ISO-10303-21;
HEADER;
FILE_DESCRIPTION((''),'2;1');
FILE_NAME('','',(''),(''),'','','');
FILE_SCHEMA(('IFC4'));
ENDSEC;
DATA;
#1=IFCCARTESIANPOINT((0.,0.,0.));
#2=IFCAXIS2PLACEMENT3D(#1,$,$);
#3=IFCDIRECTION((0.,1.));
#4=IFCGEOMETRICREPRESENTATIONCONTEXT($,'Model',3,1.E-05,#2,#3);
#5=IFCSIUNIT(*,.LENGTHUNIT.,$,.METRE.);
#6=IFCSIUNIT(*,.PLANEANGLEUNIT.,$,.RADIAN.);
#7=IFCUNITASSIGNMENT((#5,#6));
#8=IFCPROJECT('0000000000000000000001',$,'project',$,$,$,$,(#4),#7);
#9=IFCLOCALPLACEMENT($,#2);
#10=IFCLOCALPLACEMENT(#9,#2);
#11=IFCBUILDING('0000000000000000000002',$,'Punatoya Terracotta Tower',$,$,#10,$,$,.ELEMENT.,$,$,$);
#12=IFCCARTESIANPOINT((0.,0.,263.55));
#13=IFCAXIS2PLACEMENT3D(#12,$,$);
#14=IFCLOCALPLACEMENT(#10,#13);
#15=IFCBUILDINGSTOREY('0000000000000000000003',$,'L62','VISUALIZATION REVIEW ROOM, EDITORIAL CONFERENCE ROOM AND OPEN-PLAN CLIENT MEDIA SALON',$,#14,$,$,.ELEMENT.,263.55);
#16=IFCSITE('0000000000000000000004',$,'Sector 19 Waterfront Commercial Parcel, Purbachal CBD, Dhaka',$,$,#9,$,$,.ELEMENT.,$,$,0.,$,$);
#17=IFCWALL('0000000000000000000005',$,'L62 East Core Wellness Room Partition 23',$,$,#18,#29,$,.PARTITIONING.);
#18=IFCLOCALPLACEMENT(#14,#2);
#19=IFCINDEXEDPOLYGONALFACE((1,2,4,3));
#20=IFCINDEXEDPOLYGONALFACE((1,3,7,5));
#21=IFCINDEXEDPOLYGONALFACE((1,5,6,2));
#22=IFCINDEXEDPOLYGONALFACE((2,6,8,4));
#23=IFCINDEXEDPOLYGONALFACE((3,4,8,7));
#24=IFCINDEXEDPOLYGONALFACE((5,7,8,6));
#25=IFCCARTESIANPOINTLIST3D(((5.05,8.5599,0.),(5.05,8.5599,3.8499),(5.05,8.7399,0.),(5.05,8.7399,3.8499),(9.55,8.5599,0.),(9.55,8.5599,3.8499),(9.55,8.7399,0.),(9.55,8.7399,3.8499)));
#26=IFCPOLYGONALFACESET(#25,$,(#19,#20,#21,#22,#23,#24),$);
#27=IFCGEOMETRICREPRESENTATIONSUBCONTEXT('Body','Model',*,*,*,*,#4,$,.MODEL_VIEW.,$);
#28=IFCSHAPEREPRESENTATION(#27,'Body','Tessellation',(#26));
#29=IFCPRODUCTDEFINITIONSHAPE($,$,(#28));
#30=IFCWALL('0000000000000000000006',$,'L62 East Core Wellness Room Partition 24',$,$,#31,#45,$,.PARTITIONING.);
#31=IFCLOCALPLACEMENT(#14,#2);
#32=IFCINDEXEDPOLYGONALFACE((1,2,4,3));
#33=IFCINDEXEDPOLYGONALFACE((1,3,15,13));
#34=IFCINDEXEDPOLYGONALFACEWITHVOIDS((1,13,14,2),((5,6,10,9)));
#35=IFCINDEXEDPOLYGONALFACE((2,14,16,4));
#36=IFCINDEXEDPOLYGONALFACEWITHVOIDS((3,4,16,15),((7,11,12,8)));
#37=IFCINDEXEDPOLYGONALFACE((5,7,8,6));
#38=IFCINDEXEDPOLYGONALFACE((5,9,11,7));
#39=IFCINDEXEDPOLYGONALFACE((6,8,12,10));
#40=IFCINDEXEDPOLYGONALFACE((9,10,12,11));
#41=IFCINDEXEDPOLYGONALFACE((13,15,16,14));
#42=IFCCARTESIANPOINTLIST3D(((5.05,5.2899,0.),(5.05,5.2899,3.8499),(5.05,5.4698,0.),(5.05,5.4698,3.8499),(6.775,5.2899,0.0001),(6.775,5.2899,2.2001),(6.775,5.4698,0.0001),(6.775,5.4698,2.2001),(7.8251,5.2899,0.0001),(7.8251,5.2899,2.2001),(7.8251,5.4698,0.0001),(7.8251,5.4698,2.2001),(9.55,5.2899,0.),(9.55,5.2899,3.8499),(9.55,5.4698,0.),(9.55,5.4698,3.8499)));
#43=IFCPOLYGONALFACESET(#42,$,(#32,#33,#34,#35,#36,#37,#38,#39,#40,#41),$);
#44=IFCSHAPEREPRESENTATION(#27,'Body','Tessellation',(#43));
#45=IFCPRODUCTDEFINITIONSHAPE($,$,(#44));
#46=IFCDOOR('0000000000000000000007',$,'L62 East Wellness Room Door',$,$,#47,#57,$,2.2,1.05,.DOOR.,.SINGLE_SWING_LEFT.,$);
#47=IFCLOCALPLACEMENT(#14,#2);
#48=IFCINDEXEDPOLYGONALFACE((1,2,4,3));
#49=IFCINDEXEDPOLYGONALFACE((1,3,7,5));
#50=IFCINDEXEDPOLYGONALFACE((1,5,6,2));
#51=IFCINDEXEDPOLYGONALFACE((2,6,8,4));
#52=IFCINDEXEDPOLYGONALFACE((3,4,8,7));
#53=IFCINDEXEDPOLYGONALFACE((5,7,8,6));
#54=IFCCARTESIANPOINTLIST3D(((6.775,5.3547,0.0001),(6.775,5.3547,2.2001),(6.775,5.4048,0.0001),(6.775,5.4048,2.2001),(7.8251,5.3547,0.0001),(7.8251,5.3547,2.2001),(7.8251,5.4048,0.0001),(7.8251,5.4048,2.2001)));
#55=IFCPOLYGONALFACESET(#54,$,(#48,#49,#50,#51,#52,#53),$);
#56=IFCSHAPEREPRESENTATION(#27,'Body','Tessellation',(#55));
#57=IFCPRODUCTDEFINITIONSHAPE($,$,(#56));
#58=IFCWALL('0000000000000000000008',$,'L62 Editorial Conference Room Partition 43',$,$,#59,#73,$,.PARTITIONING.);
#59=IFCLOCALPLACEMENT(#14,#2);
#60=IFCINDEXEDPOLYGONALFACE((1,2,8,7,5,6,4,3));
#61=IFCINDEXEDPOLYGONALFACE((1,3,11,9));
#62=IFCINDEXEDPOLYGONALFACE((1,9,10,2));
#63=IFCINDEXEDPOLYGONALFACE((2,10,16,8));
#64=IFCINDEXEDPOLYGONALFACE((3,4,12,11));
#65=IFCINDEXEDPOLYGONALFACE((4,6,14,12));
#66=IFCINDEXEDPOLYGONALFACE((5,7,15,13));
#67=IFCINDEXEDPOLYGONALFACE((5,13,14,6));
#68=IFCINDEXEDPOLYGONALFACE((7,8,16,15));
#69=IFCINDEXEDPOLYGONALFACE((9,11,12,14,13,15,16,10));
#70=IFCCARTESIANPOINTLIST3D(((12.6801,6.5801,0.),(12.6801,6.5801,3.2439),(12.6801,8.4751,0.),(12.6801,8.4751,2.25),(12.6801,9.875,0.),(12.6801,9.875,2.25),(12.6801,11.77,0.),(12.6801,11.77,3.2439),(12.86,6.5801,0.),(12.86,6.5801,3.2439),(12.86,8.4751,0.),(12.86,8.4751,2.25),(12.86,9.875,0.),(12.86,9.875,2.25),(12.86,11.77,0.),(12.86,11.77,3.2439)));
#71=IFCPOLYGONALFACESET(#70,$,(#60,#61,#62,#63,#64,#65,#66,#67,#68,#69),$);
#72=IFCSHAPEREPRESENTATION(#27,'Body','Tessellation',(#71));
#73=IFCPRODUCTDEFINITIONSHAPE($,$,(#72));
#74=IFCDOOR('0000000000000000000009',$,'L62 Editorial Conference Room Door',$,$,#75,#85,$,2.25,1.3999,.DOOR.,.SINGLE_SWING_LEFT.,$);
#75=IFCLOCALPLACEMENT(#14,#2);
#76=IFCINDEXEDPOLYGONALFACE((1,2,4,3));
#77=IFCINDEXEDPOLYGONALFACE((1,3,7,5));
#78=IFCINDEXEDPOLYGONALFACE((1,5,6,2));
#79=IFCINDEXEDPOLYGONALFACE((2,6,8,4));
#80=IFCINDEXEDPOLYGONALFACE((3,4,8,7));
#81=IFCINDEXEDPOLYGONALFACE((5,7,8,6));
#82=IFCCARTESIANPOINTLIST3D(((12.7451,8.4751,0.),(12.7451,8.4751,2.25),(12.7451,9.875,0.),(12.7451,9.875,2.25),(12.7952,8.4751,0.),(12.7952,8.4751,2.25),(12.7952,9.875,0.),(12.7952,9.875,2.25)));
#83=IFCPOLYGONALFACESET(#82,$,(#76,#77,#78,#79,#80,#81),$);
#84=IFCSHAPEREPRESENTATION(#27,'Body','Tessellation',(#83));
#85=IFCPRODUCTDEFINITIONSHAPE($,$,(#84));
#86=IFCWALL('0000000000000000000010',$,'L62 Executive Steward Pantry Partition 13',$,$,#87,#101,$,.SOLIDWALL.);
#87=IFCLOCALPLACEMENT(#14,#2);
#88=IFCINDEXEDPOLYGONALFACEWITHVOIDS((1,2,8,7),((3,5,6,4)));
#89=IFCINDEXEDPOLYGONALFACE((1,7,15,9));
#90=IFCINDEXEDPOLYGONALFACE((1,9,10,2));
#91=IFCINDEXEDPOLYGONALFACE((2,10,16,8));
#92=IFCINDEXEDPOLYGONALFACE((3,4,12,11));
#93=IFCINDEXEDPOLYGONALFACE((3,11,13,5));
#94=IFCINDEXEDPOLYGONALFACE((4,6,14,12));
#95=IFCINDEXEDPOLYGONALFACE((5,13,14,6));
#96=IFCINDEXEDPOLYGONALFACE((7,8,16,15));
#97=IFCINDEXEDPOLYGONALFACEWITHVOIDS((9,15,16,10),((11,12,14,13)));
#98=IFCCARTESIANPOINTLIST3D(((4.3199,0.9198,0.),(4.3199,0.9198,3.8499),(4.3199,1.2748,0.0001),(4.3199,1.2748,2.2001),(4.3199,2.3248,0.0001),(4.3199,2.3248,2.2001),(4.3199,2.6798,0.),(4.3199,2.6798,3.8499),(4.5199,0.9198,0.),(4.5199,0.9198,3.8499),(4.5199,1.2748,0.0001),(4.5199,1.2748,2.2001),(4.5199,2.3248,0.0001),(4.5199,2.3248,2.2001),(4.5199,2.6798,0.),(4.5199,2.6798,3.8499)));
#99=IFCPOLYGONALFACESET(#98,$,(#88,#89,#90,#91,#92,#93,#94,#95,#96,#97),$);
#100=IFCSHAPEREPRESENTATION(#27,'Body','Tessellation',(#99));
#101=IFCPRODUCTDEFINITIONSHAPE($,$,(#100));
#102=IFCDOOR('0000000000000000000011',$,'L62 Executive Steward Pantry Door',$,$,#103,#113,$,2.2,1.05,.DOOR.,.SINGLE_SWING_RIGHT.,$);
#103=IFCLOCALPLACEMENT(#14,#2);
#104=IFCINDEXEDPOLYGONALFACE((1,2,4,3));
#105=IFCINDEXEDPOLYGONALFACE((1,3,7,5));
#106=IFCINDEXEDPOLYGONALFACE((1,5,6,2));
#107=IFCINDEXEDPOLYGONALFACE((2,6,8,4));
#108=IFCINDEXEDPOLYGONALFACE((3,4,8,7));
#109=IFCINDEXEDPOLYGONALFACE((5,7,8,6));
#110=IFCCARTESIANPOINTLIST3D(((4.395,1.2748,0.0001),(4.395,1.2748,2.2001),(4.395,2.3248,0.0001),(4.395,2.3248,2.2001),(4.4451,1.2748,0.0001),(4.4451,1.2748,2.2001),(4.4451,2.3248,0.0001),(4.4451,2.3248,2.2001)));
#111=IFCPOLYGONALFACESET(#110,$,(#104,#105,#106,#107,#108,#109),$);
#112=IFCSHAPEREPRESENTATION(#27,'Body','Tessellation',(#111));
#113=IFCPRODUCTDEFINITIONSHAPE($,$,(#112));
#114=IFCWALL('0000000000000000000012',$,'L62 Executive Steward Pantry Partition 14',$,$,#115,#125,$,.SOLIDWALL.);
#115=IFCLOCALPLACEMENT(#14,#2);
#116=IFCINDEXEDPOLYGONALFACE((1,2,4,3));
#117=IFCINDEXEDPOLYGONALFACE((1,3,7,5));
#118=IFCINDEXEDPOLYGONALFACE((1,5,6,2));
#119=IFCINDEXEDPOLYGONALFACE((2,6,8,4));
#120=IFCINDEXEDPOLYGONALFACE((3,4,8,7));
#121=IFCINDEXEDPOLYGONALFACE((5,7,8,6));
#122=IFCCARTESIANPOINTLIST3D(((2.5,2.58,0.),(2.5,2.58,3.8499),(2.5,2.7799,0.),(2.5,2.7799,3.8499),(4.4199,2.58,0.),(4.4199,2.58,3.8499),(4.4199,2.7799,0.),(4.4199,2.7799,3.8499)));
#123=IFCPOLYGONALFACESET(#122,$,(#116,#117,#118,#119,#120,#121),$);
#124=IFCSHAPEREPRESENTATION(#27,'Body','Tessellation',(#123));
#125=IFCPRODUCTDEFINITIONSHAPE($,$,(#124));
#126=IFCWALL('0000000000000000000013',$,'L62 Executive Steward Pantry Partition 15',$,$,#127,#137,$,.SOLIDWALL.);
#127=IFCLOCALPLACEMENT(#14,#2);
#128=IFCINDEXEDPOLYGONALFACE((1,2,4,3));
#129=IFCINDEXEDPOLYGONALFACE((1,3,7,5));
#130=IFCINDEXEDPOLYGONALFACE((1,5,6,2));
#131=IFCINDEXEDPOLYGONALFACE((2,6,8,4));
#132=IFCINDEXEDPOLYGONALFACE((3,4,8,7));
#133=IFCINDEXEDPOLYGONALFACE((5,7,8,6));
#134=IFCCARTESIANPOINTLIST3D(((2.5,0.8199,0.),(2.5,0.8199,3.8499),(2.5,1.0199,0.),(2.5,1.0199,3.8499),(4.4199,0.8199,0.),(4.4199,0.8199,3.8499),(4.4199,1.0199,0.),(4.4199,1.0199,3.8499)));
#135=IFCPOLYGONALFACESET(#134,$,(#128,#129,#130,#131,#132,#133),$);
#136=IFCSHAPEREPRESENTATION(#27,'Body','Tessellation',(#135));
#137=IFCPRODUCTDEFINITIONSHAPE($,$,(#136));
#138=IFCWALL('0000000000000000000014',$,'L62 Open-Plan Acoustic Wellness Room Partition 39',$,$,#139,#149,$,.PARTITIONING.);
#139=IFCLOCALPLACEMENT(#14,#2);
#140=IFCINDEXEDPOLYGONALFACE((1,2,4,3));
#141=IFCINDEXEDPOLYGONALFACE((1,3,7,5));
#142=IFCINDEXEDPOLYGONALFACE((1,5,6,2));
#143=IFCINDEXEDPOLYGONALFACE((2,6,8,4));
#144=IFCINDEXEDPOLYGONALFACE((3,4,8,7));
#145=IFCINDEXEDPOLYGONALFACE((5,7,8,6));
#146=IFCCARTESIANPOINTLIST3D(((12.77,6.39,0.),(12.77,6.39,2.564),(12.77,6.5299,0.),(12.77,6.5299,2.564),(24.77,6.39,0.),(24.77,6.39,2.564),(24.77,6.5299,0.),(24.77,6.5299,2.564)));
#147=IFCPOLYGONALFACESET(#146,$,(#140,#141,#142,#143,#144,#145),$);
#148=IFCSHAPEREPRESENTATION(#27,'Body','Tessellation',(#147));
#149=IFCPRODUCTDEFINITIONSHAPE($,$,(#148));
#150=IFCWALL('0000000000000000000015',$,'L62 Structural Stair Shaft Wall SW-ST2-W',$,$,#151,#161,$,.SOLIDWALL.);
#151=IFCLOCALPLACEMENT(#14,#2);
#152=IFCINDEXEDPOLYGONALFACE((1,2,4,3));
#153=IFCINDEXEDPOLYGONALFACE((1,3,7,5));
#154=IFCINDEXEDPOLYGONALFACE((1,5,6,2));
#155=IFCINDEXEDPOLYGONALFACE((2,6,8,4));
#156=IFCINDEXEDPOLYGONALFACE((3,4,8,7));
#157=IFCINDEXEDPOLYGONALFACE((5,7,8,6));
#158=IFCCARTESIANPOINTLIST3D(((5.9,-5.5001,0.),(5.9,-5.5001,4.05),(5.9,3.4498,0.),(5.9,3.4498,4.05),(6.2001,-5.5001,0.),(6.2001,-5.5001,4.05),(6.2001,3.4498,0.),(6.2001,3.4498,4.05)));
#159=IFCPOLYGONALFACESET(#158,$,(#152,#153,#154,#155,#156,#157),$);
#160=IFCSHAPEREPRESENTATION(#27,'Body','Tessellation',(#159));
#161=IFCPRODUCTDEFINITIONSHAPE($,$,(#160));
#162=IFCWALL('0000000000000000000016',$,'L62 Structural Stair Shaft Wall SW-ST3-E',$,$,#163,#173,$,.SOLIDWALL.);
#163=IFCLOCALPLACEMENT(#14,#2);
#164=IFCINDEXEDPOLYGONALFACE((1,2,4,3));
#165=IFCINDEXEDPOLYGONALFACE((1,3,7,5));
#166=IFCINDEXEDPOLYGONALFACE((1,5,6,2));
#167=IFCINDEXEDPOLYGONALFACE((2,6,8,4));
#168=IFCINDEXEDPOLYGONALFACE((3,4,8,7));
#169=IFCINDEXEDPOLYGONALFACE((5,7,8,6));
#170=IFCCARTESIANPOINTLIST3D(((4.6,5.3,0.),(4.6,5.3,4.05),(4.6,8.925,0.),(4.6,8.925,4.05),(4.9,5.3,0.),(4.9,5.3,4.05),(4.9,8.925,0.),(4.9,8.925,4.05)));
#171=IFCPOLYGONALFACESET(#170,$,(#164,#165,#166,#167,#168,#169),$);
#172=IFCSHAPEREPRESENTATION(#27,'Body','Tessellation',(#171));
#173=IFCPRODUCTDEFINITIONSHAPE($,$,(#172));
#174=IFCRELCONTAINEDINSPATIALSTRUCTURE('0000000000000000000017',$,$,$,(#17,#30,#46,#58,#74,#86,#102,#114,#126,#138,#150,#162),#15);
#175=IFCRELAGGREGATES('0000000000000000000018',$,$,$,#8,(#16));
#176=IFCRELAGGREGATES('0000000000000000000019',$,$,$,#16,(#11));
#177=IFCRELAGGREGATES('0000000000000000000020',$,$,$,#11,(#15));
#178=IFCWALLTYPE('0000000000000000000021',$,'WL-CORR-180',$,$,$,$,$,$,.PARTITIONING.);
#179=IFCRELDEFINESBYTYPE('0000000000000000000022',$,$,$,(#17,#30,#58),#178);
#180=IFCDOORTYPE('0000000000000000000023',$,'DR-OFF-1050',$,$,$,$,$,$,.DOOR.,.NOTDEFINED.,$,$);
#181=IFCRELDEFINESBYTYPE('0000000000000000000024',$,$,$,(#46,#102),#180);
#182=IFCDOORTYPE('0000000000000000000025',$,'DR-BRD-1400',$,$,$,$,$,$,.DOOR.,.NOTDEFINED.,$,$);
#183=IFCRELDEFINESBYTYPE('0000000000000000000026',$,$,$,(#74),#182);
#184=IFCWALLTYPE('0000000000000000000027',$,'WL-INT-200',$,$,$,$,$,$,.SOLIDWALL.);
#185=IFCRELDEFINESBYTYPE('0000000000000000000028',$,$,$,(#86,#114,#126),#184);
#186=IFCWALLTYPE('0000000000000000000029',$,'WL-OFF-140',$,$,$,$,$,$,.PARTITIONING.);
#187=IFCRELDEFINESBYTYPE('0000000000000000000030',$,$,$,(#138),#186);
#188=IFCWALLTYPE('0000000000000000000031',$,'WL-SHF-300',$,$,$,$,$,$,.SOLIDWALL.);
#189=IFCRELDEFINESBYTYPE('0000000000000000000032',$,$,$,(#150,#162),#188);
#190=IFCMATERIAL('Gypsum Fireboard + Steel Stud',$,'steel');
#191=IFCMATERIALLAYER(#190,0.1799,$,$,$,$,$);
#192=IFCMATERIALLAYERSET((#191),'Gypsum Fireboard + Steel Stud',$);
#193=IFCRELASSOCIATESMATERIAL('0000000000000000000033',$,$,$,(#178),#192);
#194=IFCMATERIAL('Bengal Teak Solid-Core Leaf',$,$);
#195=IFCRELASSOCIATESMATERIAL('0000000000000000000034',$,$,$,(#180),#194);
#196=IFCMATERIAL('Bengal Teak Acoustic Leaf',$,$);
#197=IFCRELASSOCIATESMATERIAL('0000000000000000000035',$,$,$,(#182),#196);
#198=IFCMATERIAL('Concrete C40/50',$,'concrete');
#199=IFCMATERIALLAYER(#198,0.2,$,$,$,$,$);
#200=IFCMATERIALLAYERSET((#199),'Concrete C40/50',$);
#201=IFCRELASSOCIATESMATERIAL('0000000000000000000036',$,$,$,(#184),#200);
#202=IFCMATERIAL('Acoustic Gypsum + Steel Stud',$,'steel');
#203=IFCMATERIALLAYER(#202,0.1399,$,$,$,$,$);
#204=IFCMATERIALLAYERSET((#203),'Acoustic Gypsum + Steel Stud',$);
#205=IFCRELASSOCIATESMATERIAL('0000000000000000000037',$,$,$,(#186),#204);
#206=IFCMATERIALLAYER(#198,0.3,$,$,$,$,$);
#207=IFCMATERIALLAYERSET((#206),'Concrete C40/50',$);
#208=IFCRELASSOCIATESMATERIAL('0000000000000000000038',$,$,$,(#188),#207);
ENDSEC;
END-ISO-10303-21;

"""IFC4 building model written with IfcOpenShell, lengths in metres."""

from ifc_helpers import new_model, si_unit, direction, frame, frame_2d, origin, place, context, subcontext, project, spatial, rectangle, extrude, material, layer, layer_set, type_object, element, fill, save


model = new_model("IFC4")

# Units and contexts
model_context = context("Model", 3, precision=1e-05, world=origin(), true_north=direction((0.0, 1.0)))
body_context = subcontext(model_context, "Body", "Model", "MODEL_VIEW")
ifc_project = project(units=[si_unit("LENGTHUNIT", "METRE"), si_unit("PLANEANGLEUNIT", "RADIAN")], contexts=[model_context])

# Site, building, storey
site_placement = place(None, origin())
site = spatial("IfcSite", under=ifc_project, at=site_placement, Name="Sector 19 Waterfront Commercial Parcel, Purbachal CBD, Dhaka", CompositionType="ELEMENT", RefElevation=0.0)
building_placement = place(site_placement, origin())
building = spatial("IfcBuilding", under=site, at=building_placement, Name="Punatoya Terracotta Tower", CompositionType="ELEMENT")
storey_placement = place(building_placement, frame((0.0, 0.0, 263.55)))
storey = spatial("IfcBuildingStorey", under=building, at=storey_placement, Name="L62", Description="VISUALIZATION REVIEW ROOM, EDITORIAL CONFERENCE ROOM AND OPEN-PLAN CLIENT MEDIA SALON", CompositionType="ELEMENT", Elevation=263.55)

# Wall
ifc_material_1 = material(Name="Gypsum Fireboard + Steel Stud", Category="steel")
ifc_layer_1 = layer(ifc_material_1, 0.1799)
ifc_layer_set_1 = layer_set([ifc_layer_1], Name="Gypsum Fireboard + Steel Stud")
wall_type_1 = type_object("IfcWallType", Name="WL-CORR-180", PredefinedType="PARTITIONING", material=ifc_layer_set_1)
wall_1_placement = place(storey_placement, frame((9.55, 8.6499, 0.0), z_axis=(0.0, 0.0, 1.0), x_axis=(-1.0, 0.0, 0.0)))
element("IfcWall", 1, at=wall_1_placement, inside=storey, type_object=wall_type_1, Name="L62 East Core Wellness Room Partition 23", PredefinedType="PARTITIONING", context=body_context, shape_type="SweptSolid", body=[
    extrude(rectangle(XDim=4.5, YDim=0.1799, at=frame_2d((2.25, 0.0))), origin(), (0.0, 0.0, 1.0), 3.8499),
])

# Walls, openings, doors
wall_2_placement = place(storey_placement, frame((5.05, 5.3799, 0.0), z_axis=(0.0, 0.0, 1.0), x_axis=(1.0, 0.0, 0.0)))
wall_2 = element("IfcWall", 2, at=wall_2_placement, inside=storey, type_object=wall_type_1, Name="L62 East Core Wellness Room Partition 24", PredefinedType="PARTITIONING", context=body_context, shape_type="SweptSolid", body=[
    extrude(rectangle(XDim=4.5, YDim=0.1799, at=frame_2d((2.25, 0.0))), origin(), (0.0, 0.0, 1.0), 3.8499),
])
opening_1_placement = place(wall_2_placement, frame((1.7251, 0.0, 0.0)))
opening_1 = element("IfcOpeningElement", 3, at=opening_1_placement, cuts=wall_2, PredefinedType="OPENING", context=body_context, shape_type="SweptSolid", body=[
    extrude(rectangle(XDim=1.05, YDim=2.2, at=frame_2d((0.5249, 1.1001))), frame((0.0, 0.0999, 0.0), z_axis=(0.0, -1.0, 0.0), x_axis=(1.0, 0.0, 0.0)), (0.0, 0.0, 1.0), 0.2),
])
ifc_material_2 = material(Name="Bengal Teak Solid-Core Leaf")
door_type_1 = type_object("IfcDoorType", Name="DR-OFF-1050", OperationType="NOTDEFINED", PredefinedType="DOOR", material=ifc_material_2)
door_1_placement = place(opening_1_placement, origin())
door_1 = element("IfcDoor", 4, at=door_1_placement, inside=storey, type_object=door_type_1, Name="L62 East Wellness Room Door", OperationType="SINGLE_SWING_LEFT", OverallHeight=2.2, OverallWidth=1.05, PredefinedType="DOOR", context=body_context, shape_type="SweptSolid", body=[
    extrude(rectangle(XDim=1.05, YDim=2.2, at=frame_2d((0.5249, 1.1001))), frame((0.0, 0.0249, 0.0), z_axis=(0.0, -1.0, 0.0), x_axis=(1.0, 0.0, 0.0)), (0.0, 0.0, 1.0), 0.05),
])
fill(opening_1, door_1)
wall_3_placement = place(storey_placement, frame((12.77, 6.5801, 0.0), z_axis=(0.0, 0.0, 1.0), x_axis=(0.0, 1.0, 0.0)))
wall_3 = element("IfcWall", 5, at=wall_3_placement, inside=storey, type_object=wall_type_1, Name="L62 Editorial Conference Room Partition 43", PredefinedType="PARTITIONING", context=body_context, shape_type="SweptSolid", body=[
    extrude(rectangle(XDim=5.1899, YDim=0.1799, at=frame_2d((2.595, 0.0))), origin(), (0.0, 0.0, 1.0), 3.2439),
])
opening_2_placement = place(wall_3_placement, frame((1.895, 0.0, 0.0)))
opening_2 = element("IfcOpeningElement", 6, at=opening_2_placement, cuts=wall_3, PredefinedType="OPENING", context=body_context, shape_type="SweptSolid", body=[
    extrude(rectangle(XDim=1.3999, YDim=2.25, at=frame_2d((0.7, 1.125))), frame((0.0, 0.0999, 0.0), z_axis=(0.0, -1.0, 0.0), x_axis=(1.0, 0.0, 0.0)), (0.0, 0.0, 1.0), 0.2),
])
ifc_material_3 = material(Name="Bengal Teak Acoustic Leaf")
door_type_2 = type_object("IfcDoorType", Name="DR-BRD-1400", OperationType="NOTDEFINED", PredefinedType="DOOR", material=ifc_material_3)
door_2_placement = place(opening_2_placement, origin())
door_2 = element("IfcDoor", 7, at=door_2_placement, inside=storey, type_object=door_type_2, Name="L62 Editorial Conference Room Door", OperationType="SINGLE_SWING_LEFT", OverallHeight=2.25, OverallWidth=1.3999, PredefinedType="DOOR", context=body_context, shape_type="SweptSolid", body=[
    extrude(rectangle(XDim=1.3999, YDim=2.25, at=frame_2d((0.7, 1.125))), frame((0.0, 0.0249, 0.0), z_axis=(0.0, -1.0, 0.0), x_axis=(1.0, 0.0, 0.0)), (0.0, 0.0, 1.0), 0.05),
])
fill(opening_2, door_2)
ifc_material_4 = material(Name="Concrete C40/50", Category="concrete")
ifc_layer_2 = layer(ifc_material_4, 0.2)
ifc_layer_set_2 = layer_set([ifc_layer_2], Name="Concrete C40/50")
wall_type_2 = type_object("IfcWallType", Name="WL-INT-200", PredefinedType="SOLIDWALL", material=ifc_layer_set_2)
wall_4_placement = place(storey_placement, frame((4.4199, 0.9199, 0.0), z_axis=(0.0, 0.0, 1.0), x_axis=(0.0, 1.0, 0.0)))
wall_4 = element("IfcWall", 8, at=wall_4_placement, inside=storey, type_object=wall_type_2, Name="L62 Executive Steward Pantry Partition 13", PredefinedType="SOLIDWALL", context=body_context, shape_type="SweptSolid", body=[
    extrude(rectangle(XDim=1.76, YDim=0.2, at=frame_2d((0.8799, 0.0))), origin(), (0.0, 0.0, 1.0), 3.8499),
])
opening_3_placement = place(wall_4_placement, frame((0.355, 0.0, 0.0)))
opening_3 = element("IfcOpeningElement", 9, at=opening_3_placement, cuts=wall_4, PredefinedType="OPENING", context=body_context, shape_type="SweptSolid", body=[
    extrude(rectangle(XDim=1.05, YDim=2.2, at=frame_2d((0.5249, 1.1001))), frame((0.0, 0.1099, 0.0), z_axis=(0.0, -1.0, 0.0), x_axis=(1.0, 0.0, 0.0)), (0.0, 0.0, 1.0), 0.22),
])
door_3_placement = place(opening_3_placement, origin())
door_3 = element("IfcDoor", 10, at=door_3_placement, inside=storey, type_object=door_type_1, Name="L62 Executive Steward Pantry Door", OperationType="SINGLE_SWING_RIGHT", OverallHeight=2.2, OverallWidth=1.05, PredefinedType="DOOR", context=body_context, shape_type="SweptSolid", body=[
    extrude(rectangle(XDim=1.05, YDim=2.2, at=frame_2d((0.5249, 1.1001))), frame((0.0, 0.0249, 0.0), z_axis=(0.0, -1.0, 0.0), x_axis=(1.0, 0.0, 0.0)), (0.0, 0.0, 1.0), 0.05),
])
fill(opening_3, door_3)

# Walls
for number, where, z_axis, x_axis, name in (
    (11, (4.4199, 2.6799, 0.0), (0.0, 0.0, 1.0), (-1.0, 0.0, 0.0), "L62 Executive Steward Pantry Partition 14"),
    (12, (2.5, 0.9199, 0.0), (0.0, 0.0, 1.0), (1.0, 0.0, 0.0), "L62 Executive Steward Pantry Partition 15"),
):
    element("IfcWall", number, at=place(storey_placement, frame(where, z_axis=z_axis, x_axis=x_axis)), inside=storey, type_object=wall_type_2, Name=name, PredefinedType="SOLIDWALL", context=body_context, shape_type="SweptSolid", body=[
        extrude(rectangle(XDim=1.9199, YDim=0.2, at=frame_2d((0.96, 0.0))), origin(), (0.0, 0.0, 1.0), 3.8499),
    ])
ifc_material_5 = material(Name="Acoustic Gypsum + Steel Stud", Category="steel")
ifc_layer_3 = layer(ifc_material_5, 0.1399)
ifc_layer_set_3 = layer_set([ifc_layer_3], Name="Acoustic Gypsum + Steel Stud")
wall_type_3 = type_object("IfcWallType", Name="WL-OFF-140", PredefinedType="PARTITIONING", material=ifc_layer_set_3)
wall_5_placement = place(storey_placement, frame((12.77, 6.46, 0.0), z_axis=(0.0, 0.0, 1.0), x_axis=(1.0, 0.0, 0.0)))
element("IfcWall", 13, at=wall_5_placement, inside=storey, type_object=wall_type_3, Name="L62 Open-Plan Acoustic Wellness Room Partition 39", PredefinedType="PARTITIONING", context=body_context, shape_type="SweptSolid", body=[
    extrude(rectangle(XDim=12.0, YDim=0.1399, at=frame_2d((6.0, 0.0))), origin(), (0.0, 0.0, 1.0), 2.564),
])
ifc_layer_4 = layer(ifc_material_4, 0.3)
ifc_layer_set_4 = layer_set([ifc_layer_4], Name="Concrete C40/50")
wall_type_4 = type_object("IfcWallType", Name="WL-SHF-300", PredefinedType="SOLIDWALL", material=ifc_layer_set_4)
wall_6_placement = place(storey_placement, frame((6.05, 3.45, 0.0), z_axis=(0.0, 0.0, 1.0), x_axis=(0.0, -1.0, 0.0)))
element("IfcWall", 14, at=wall_6_placement, inside=storey, type_object=wall_type_4, Name="L62 Structural Stair Shaft Wall SW-ST2-W", PredefinedType="SOLIDWALL", context=body_context, shape_type="SweptSolid", body=[
    extrude(rectangle(XDim=8.95, YDim=0.3, at=frame_2d((4.4751, 0.0))), origin(), (0.0, 0.0, 1.0), 4.05),
])
wall_7_placement = place(storey_placement, frame((4.75, 8.925, 0.0), z_axis=(0.0, 0.0, 1.0), x_axis=(0.0, -1.0, 0.0)))
element("IfcWall", 15, at=wall_7_placement, inside=storey, type_object=wall_type_4, Name="L62 Structural Stair Shaft Wall SW-ST3-E", PredefinedType="SOLIDWALL", context=body_context, shape_type="SweptSolid", body=[
    extrude(rectangle(XDim=3.625, YDim=0.3, at=frame_2d((1.8125, 0.0))), origin(), (0.0, 0.0, 1.0), 4.05),
])

save(model, "model.ifc")
